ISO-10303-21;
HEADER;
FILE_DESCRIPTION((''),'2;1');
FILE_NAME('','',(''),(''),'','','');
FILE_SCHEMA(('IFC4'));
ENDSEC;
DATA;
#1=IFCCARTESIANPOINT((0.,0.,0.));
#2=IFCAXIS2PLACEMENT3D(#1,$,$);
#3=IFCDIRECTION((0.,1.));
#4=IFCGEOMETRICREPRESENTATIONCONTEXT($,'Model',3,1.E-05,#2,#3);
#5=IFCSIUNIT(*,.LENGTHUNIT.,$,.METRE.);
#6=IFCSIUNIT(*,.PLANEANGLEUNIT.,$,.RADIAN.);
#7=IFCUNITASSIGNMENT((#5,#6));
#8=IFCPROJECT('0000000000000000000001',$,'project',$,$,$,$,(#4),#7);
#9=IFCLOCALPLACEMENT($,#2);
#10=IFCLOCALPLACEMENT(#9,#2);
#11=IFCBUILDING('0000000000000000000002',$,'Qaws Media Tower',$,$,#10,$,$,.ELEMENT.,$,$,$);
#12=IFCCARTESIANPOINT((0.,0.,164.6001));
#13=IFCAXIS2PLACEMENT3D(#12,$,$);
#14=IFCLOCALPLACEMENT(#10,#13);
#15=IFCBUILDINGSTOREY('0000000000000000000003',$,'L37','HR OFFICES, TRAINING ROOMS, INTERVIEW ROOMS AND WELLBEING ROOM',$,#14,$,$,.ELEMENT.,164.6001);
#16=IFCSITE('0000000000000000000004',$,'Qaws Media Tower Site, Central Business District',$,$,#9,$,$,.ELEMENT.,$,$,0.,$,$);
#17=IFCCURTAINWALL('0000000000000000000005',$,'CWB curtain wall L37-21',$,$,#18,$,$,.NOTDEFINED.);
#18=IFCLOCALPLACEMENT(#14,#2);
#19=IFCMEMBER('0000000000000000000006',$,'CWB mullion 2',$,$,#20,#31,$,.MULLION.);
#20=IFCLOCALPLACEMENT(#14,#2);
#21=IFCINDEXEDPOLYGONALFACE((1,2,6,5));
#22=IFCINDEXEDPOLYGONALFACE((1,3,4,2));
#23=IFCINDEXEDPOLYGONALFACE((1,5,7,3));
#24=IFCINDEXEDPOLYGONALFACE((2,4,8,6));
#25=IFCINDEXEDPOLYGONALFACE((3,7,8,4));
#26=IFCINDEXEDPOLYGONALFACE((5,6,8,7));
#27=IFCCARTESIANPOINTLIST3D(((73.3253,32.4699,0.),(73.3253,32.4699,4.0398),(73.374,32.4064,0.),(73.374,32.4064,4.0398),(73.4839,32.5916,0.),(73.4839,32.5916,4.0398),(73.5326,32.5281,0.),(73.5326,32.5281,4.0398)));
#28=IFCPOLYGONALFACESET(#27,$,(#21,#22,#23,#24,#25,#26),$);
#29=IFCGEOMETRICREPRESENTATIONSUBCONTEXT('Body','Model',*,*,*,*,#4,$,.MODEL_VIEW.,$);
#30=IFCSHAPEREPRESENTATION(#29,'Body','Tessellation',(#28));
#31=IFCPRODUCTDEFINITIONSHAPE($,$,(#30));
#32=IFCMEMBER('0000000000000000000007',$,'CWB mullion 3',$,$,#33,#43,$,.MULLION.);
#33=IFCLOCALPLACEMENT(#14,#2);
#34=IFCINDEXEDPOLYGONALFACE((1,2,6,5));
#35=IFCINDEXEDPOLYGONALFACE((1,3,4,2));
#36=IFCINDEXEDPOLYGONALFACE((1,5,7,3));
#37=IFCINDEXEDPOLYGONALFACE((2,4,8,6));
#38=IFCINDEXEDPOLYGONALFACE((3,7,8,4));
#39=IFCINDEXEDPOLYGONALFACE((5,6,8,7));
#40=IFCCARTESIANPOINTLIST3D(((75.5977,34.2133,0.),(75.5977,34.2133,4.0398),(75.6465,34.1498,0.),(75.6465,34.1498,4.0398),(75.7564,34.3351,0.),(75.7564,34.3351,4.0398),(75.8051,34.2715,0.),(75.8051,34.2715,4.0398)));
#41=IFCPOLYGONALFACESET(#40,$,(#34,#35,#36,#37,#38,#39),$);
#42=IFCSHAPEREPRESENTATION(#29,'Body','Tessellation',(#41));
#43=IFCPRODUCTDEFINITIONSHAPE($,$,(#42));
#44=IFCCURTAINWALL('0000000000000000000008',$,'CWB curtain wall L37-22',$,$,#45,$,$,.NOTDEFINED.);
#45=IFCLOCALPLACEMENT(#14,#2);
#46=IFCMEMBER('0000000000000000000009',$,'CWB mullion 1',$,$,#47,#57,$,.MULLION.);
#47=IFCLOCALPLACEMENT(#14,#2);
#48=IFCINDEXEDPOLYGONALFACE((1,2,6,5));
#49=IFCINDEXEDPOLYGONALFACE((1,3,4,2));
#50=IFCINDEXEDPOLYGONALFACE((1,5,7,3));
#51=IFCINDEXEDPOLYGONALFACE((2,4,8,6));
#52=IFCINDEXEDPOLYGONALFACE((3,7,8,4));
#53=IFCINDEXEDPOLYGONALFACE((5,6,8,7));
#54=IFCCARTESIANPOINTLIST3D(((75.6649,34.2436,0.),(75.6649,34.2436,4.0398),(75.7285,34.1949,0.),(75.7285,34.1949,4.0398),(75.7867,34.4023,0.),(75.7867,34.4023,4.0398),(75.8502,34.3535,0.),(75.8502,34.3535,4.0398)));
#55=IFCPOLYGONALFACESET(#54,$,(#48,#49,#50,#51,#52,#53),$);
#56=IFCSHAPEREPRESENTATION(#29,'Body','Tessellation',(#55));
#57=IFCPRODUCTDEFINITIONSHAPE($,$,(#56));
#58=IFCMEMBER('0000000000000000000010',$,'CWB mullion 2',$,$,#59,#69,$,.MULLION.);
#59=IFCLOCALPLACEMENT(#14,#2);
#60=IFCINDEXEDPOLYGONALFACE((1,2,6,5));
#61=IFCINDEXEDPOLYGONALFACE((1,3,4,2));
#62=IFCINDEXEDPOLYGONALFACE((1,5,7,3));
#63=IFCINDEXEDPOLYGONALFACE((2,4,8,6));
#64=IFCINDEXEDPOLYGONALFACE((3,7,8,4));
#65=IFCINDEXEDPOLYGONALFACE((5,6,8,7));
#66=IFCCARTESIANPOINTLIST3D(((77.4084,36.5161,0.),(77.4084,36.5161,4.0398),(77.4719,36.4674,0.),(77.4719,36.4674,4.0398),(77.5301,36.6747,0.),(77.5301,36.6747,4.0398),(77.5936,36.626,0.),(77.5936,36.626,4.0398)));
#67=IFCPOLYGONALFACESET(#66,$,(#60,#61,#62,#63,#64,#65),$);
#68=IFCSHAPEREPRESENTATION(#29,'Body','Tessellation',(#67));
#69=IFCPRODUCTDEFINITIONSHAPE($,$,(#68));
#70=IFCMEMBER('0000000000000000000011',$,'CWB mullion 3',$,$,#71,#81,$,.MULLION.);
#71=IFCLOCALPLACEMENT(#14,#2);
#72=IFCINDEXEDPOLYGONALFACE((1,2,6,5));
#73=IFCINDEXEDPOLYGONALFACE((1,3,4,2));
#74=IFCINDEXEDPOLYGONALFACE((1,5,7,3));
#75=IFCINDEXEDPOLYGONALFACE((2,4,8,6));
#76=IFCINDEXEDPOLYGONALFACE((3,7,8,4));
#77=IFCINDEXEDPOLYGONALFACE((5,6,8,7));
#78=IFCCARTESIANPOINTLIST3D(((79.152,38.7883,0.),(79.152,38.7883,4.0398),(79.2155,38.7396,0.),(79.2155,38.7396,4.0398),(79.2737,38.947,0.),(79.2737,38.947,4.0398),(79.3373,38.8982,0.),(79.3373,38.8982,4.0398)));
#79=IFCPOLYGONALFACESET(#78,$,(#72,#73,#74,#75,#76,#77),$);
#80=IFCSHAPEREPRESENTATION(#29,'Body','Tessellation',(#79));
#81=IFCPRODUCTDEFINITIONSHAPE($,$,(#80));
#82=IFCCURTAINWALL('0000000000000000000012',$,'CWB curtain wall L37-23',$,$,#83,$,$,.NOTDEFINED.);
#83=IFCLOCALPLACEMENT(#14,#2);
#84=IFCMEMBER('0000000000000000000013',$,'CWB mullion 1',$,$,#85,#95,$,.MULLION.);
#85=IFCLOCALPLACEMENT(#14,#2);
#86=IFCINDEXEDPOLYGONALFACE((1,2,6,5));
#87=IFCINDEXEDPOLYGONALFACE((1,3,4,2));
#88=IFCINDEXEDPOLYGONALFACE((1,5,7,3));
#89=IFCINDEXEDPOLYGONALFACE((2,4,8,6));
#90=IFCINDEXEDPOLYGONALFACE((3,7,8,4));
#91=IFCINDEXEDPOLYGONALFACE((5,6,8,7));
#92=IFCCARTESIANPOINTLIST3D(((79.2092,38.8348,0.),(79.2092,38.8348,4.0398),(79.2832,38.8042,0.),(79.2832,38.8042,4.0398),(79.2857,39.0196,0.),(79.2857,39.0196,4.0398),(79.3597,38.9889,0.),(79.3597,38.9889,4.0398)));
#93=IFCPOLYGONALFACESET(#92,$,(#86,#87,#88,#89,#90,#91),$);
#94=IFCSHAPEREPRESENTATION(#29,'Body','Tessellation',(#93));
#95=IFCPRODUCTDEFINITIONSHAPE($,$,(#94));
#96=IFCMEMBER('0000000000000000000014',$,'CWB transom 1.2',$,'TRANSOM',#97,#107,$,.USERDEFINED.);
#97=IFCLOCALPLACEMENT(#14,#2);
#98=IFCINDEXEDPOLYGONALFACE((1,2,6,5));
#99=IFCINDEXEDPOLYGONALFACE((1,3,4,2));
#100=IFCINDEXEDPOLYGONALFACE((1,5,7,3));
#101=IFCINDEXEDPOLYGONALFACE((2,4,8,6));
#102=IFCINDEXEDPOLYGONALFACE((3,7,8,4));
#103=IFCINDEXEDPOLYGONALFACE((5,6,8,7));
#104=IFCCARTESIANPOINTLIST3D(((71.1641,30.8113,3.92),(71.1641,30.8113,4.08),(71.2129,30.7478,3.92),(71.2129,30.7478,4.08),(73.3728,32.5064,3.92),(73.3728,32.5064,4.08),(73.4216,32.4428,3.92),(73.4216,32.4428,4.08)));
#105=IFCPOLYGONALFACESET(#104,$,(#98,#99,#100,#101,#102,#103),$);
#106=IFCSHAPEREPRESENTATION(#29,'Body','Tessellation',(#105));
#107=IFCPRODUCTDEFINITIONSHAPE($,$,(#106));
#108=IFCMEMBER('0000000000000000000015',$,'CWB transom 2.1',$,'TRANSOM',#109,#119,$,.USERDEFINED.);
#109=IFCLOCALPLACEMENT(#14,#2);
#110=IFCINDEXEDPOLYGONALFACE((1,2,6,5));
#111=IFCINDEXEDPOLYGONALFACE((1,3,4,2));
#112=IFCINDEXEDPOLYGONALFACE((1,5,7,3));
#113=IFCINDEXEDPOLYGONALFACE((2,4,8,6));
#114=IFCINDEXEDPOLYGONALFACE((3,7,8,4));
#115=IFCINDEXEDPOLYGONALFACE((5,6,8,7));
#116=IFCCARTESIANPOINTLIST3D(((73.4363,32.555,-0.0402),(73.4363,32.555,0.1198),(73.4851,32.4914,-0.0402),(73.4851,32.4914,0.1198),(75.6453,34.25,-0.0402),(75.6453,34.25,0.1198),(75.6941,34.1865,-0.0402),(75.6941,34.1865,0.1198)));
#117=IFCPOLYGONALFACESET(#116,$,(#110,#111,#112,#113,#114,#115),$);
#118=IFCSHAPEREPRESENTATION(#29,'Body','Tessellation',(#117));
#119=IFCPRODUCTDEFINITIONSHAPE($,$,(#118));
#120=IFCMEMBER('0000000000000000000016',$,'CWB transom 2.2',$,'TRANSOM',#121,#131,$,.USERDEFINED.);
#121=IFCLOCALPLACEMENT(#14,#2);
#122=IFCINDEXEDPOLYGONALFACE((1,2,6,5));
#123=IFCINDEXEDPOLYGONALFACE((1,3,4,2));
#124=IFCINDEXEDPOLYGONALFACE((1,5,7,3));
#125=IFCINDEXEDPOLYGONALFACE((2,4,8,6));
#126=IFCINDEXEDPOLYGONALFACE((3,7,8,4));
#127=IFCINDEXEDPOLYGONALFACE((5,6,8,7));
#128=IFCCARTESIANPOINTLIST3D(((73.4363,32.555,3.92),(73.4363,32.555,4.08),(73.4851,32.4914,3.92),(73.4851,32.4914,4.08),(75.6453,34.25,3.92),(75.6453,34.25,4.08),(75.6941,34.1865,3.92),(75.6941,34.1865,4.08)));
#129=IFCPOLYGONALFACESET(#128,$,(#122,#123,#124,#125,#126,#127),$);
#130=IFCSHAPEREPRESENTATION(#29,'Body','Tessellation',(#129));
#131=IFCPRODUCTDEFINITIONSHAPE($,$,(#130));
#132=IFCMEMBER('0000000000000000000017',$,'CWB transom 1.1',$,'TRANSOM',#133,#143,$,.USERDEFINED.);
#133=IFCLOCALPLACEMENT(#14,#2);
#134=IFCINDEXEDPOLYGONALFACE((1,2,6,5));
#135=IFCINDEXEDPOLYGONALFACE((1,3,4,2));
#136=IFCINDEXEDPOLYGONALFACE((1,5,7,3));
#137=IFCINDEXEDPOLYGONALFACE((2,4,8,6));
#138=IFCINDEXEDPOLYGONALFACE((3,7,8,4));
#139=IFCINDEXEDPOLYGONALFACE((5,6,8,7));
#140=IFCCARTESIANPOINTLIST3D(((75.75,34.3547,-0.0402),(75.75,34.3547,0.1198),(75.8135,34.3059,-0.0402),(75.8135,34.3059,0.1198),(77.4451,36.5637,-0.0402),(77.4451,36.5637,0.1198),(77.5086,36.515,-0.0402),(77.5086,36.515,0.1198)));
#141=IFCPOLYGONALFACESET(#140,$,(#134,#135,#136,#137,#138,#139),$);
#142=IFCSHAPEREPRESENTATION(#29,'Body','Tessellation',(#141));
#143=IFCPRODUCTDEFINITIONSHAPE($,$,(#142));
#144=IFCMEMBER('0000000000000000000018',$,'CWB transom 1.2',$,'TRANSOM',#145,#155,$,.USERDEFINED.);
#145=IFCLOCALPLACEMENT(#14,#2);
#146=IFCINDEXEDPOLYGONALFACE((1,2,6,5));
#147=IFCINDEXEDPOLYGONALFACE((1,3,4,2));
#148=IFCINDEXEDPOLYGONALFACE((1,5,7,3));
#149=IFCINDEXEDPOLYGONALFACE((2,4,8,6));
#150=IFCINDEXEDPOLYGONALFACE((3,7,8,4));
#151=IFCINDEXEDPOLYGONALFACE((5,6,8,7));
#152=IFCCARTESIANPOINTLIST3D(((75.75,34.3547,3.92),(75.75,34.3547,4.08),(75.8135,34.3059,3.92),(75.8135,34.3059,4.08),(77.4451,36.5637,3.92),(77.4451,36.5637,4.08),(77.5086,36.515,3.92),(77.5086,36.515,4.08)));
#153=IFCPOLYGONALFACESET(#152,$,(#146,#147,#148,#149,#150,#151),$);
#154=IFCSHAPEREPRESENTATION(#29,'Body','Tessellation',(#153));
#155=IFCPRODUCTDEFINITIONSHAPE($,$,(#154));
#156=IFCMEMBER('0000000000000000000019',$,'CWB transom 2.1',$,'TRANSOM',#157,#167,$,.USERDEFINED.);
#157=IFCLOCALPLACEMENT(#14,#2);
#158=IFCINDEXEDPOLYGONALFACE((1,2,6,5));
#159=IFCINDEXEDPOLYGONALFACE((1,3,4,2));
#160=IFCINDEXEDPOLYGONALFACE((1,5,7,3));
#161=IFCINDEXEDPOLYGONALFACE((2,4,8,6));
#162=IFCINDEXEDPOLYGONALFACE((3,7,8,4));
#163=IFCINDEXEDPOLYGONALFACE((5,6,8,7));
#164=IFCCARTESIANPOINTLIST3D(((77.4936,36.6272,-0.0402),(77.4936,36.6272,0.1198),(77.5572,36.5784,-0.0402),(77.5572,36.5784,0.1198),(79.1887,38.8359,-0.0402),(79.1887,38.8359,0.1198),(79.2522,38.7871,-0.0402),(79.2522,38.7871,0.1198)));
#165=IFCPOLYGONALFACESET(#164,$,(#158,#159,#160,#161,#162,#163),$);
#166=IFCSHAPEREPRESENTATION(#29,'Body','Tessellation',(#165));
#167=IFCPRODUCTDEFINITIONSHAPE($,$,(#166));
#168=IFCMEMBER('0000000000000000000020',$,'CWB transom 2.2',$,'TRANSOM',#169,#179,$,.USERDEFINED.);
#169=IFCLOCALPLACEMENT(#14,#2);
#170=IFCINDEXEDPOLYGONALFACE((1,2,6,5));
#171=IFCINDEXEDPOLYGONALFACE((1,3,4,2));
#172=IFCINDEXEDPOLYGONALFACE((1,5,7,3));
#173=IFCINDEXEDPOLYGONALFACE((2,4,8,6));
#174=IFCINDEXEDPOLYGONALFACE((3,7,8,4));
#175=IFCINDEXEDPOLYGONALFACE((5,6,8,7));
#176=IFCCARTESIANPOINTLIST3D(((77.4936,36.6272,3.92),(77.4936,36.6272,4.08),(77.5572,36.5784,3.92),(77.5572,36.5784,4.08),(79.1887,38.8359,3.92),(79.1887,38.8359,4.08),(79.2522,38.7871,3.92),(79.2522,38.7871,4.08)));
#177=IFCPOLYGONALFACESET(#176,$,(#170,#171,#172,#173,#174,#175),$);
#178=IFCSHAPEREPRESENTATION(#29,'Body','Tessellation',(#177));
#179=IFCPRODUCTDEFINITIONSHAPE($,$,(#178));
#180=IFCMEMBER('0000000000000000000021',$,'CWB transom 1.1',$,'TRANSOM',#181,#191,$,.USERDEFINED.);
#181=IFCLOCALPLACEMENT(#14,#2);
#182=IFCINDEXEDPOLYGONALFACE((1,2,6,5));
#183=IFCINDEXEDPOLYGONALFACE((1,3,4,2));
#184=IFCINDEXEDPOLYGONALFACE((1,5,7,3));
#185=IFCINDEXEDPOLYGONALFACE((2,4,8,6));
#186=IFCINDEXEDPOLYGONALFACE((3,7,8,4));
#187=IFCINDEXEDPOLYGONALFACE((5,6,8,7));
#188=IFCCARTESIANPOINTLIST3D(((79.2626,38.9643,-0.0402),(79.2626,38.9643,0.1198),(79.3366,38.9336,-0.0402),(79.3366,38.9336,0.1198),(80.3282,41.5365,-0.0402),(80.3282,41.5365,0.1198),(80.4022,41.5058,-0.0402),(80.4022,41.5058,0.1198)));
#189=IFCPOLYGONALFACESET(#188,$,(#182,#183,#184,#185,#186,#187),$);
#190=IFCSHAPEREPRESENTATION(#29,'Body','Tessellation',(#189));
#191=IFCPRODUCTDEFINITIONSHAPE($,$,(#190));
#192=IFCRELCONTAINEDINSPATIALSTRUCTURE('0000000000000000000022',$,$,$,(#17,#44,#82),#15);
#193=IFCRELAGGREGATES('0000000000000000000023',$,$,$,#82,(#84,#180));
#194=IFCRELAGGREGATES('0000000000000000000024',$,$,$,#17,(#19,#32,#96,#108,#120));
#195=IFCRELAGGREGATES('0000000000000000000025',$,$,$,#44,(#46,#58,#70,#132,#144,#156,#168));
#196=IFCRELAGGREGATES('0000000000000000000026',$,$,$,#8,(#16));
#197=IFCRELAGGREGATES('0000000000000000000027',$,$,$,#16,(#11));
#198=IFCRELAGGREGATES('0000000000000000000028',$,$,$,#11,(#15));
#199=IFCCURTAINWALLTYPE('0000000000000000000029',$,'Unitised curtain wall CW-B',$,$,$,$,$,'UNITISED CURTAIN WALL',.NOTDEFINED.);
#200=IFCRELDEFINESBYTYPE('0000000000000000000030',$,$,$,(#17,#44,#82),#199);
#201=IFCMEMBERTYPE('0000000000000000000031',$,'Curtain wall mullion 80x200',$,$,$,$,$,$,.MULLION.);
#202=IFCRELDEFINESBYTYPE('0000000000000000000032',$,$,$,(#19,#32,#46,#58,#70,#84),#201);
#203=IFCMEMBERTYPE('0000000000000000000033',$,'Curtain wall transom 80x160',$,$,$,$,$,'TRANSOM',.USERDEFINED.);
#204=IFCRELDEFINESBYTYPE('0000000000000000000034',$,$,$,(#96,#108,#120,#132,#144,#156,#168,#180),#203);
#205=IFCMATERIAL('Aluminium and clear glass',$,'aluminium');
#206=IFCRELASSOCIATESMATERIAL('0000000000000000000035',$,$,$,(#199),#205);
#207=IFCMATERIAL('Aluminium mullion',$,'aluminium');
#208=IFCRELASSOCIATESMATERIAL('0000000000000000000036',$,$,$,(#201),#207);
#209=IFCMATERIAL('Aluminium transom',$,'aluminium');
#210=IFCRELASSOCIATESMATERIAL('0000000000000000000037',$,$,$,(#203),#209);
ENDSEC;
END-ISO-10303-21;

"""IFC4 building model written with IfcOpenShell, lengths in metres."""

from ifc_helpers import new_model, si_unit, direction, frame, origin, origin_2d, place, context, subcontext, project, spatial, rectangle, extrude, material, material_profile, profile_set, type_object, element, aggregate, save


model = new_model("IFC4")

# Units and contexts
model_context = context("Model", 3, precision=1e-05, world=origin(), true_north=direction((0.0, 1.0)))
body_context = subcontext(model_context, "Body", "Model", "MODEL_VIEW")
ifc_project = project(units=[si_unit("LENGTHUNIT", "METRE"), si_unit("PLANEANGLEUNIT", "RADIAN")], contexts=[model_context])

# Site, building, storey
site_placement = place(None, origin())
site = spatial("IfcSite", under=ifc_project, at=site_placement, Name="Qaws Media Tower Site, Central Business District", CompositionType="ELEMENT", RefElevation=0.0)
building_placement = place(site_placement, origin())
building = spatial("IfcBuilding", under=site, at=building_placement, Name="Qaws Media Tower", CompositionType="ELEMENT")
storey_placement = place(building_placement, frame((0.0, 0.0, 164.6001)))
storey = spatial("IfcBuildingStorey", under=building, at=storey_placement, Name="L37", Description="HR OFFICES, TRAINING ROOMS, INTERVIEW ROOMS AND WELLBEING ROOM", CompositionType="ELEMENT", Elevation=164.6001)

# Curtain walls, members
ifc_material_1 = material(Name="Aluminium and clear glass", Category="aluminium")
curtain_wall_type = type_object("IfcCurtainWallType", Name="Unitised curtain wall CW-B", ElementType="UNITISED CURTAIN WALL", PredefinedType="NOTDEFINED", material=ifc_material_1)
curtain_wall_1_placement = place(storey_placement, origin())
curtain_wall_1 = element("IfcCurtainWall", 1, at=curtain_wall_1_placement, inside=storey, type_object=curtain_wall_type, Name="CWB curtain wall L37-21", PredefinedType="NOTDEFINED")
ifc_material_2 = material(Name="Aluminium mullion", Category="aluminium")
ifc_material_profile_1 = material_profile(ifc_material_2, rectangle(XDim=0.0801, YDim=0.2, at=origin_2d()), Name="80x200")
ifc_profile_set_1 = profile_set([ifc_material_profile_1], Name="Aluminium mullion")
member_type_1 = type_object("IfcMemberType", Name="Curtain wall mullion 80x200", PredefinedType="MULLION", material=ifc_profile_set_1)
member_1_placement = place(storey_placement, frame((73.429, 32.499, 0.0), z_axis=(0.0, 0.0, 1.0), x_axis=(-0.608761, 0.793353, 0.0)))
member_1 = element("IfcMember", 2, at=member_1_placement, type_object=member_type_1, Name="CWB mullion 2", PredefinedType="MULLION", context=body_context, shape_type="SweptSolid", body=[
    extrude(rectangle(XDim=0.0801, YDim=0.2, at=origin_2d()), origin(), (0.0, 0.0, 1.0), 4.0398),
])
member_2_placement = place(storey_placement, frame((75.7014, 34.2424, 0.0), z_axis=(0.0, 0.0, 1.0), x_axis=(-0.608761, 0.793353, 0.0)))
member_2 = element("IfcMember", 3, at=member_2_placement, type_object=member_type_1, Name="CWB mullion 3", PredefinedType="MULLION", context=body_context, shape_type="SweptSolid", body=[
    extrude(rectangle(XDim=0.0801, YDim=0.2, at=origin_2d()), origin(), (0.0, 0.0, 1.0), 4.0398),
])
curtain_wall_2_placement = place(storey_placement, origin())
curtain_wall_2 = element("IfcCurtainWall", 4, at=curtain_wall_2_placement, inside=storey, type_object=curtain_wall_type, Name="CWB curtain wall L37-22", PredefinedType="NOTDEFINED")
member_3_placement = place(storey_placement, frame((75.7576, 34.2986, 0.0), z_axis=(0.0, 0.0, 1.0), x_axis=(-0.793353, 0.608761, 0.0)))
member_3 = element("IfcMember", 5, at=member_3_placement, type_object=member_type_1, Name="CWB mullion 1", PredefinedType="MULLION", context=body_context, shape_type="SweptSolid", body=[
    extrude(rectangle(XDim=0.0801, YDim=0.2, at=origin_2d()), origin(), (0.0, 0.0, 1.0), 4.0398),
])
member_4_placement = place(storey_placement, frame((77.501, 36.571, 0.0), z_axis=(0.0, 0.0, 1.0), x_axis=(-0.793353, 0.608761, 0.0)))
member_4 = element("IfcMember", 6, at=member_4_placement, type_object=member_type_1, Name="CWB mullion 2", PredefinedType="MULLION", context=body_context, shape_type="SweptSolid", body=[
    extrude(rectangle(XDim=0.0801, YDim=0.2, at=origin_2d()), origin(), (0.0, 0.0, 1.0), 4.0398),
])
member_5_placement = place(storey_placement, frame((79.2446, 38.8433, 0.0), z_axis=(0.0, 0.0, 1.0), x_axis=(-0.793353, 0.608761, 0.0)))
member_5 = element("IfcMember", 7, at=member_5_placement, type_object=member_type_1, Name="CWB mullion 3", PredefinedType="MULLION", context=body_context, shape_type="SweptSolid", body=[
    extrude(rectangle(XDim=0.0801, YDim=0.2, at=origin_2d()), origin(), (0.0, 0.0, 1.0), 4.0398),
])

# Curtain wall, member
curtain_wall_3_placement = place(storey_placement, origin())
curtain_wall_3 = element("IfcCurtainWall", 8, at=curtain_wall_3_placement, inside=storey, type_object=curtain_wall_type, Name="CWB curtain wall L37-23", PredefinedType="NOTDEFINED")
member_6_placement = place(storey_placement, frame((79.2844, 38.9119, 0.0), z_axis=(0.0, 0.0, 1.0), x_axis=(-0.923879, 0.382684, 0.0)))
member_6 = element("IfcMember", 9, at=member_6_placement, type_object=member_type_1, Name="CWB mullion 1", PredefinedType="MULLION", context=body_context, shape_type="SweptSolid", body=[
    extrude(rectangle(XDim=0.0801, YDim=0.2, at=origin_2d()), origin(), (0.0, 0.0, 1.0), 4.0398),
])

# Members
ifc_material_3 = material(Name="Aluminium transom", Category="aluminium")
ifc_material_profile_2 = material_profile(ifc_material_3, rectangle(XDim=0.0801, YDim=0.1599, at=origin_2d()), Name="80x160")
ifc_profile_set_2 = profile_set([ifc_material_profile_2], Name="Aluminium transom")
member_type_2 = type_object("IfcMemberType", Name="Curtain wall transom 80x160", ElementType="TRANSOM", PredefinedType="USERDEFINED", material=ifc_profile_set_2)
member_7_placement = place(storey_placement, frame((71.1885, 30.7795, 4.0), z_axis=(0.793311, 0.608816, 0.0), x_axis=(-0.608816, 0.793311, 0.0)))
member_7 = element("IfcMember", 10, at=member_7_placement, type_object=member_type_2, Name="CWB transom 1.2", ObjectType="TRANSOM", PredefinedType="USERDEFINED", context=body_context, shape_type="SweptSolid", body=[
    extrude(rectangle(XDim=0.0801, YDim=0.1599, at=origin_2d()), origin(), (0.0, 0.0, 1.0), 2.7842),
])
member_8_placement = place(storey_placement, frame((73.4607, 32.5232, 0.0398), z_axis=(0.793344, 0.608774, 0.0), x_axis=(-0.608774, 0.793344, 0.0)))
member_8 = element("IfcMember", 11, at=member_8_placement, type_object=member_type_2, Name="CWB transom 2.1", ObjectType="TRANSOM", PredefinedType="USERDEFINED", context=body_context, shape_type="SweptSolid", body=[
    extrude(rectangle(XDim=0.0801, YDim=0.1599, at=origin_2d()), origin(), (0.0, 0.0, 1.0), 2.7844),
])
member_9_placement = place(storey_placement, frame((73.4607, 32.5232, 4.0), z_axis=(0.793344, 0.608774, 0.0), x_axis=(-0.608774, 0.793344, 0.0)))
member_9 = element("IfcMember", 12, at=member_9_placement, type_object=member_type_2, Name="CWB transom 2.2", ObjectType="TRANSOM", PredefinedType="USERDEFINED", context=body_context, shape_type="SweptSolid", body=[
    extrude(rectangle(XDim=0.0801, YDim=0.1599, at=origin_2d()), origin(), (0.0, 0.0, 1.0), 2.7844),
])
member_10_placement = place(storey_placement, frame((75.7817, 34.3303, 0.0398), z_axis=(0.608774, 0.793344, 0.0), x_axis=(-0.793344, 0.608774, 0.0)))
member_10 = element("IfcMember", 13, at=member_10_placement, type_object=member_type_2, Name="CWB transom 1.1", ObjectType="TRANSOM", PredefinedType="USERDEFINED", context=body_context, shape_type="SweptSolid", body=[
    extrude(rectangle(XDim=0.0801, YDim=0.1599, at=origin_2d()), origin(), (0.0, 0.0, 1.0), 2.7844),
])
member_11_placement = place(storey_placement, frame((75.7817, 34.3303, 4.0), z_axis=(0.608774, 0.793344, 0.0), x_axis=(-0.793344, 0.608774, 0.0)))
member_11 = element("IfcMember", 14, at=member_11_placement, type_object=member_type_2, Name="CWB transom 1.2", ObjectType="TRANSOM", PredefinedType="USERDEFINED", context=body_context, shape_type="SweptSolid", body=[
    extrude(rectangle(XDim=0.0801, YDim=0.1599, at=origin_2d()), origin(), (0.0, 0.0, 1.0), 2.7844),
])
member_12_placement = place(storey_placement, frame((77.5254, 36.6028, 0.0398), z_axis=(0.608816, 0.793311, 0.0), x_axis=(-0.793311, 0.608816, 0.0)))
member_12 = element("IfcMember", 15, at=member_12_placement, type_object=member_type_2, Name="CWB transom 2.1", ObjectType="TRANSOM", PredefinedType="USERDEFINED", context=body_context, shape_type="SweptSolid", body=[
    extrude(rectangle(XDim=0.0801, YDim=0.1599, at=origin_2d()), origin(), (0.0, 0.0, 1.0), 2.7842),
])
member_13_placement = place(storey_placement, frame((77.5254, 36.6028, 4.0), z_axis=(0.608816, 0.793311, 0.0), x_axis=(-0.793311, 0.608816, 0.0)))
member_13 = element("IfcMember", 16, at=member_13_placement, type_object=member_type_2, Name="CWB transom 2.2", ObjectType="TRANSOM", PredefinedType="USERDEFINED", context=body_context, shape_type="SweptSolid", body=[
    extrude(rectangle(XDim=0.0801, YDim=0.1599, at=origin_2d()), origin(), (0.0, 0.0, 1.0), 2.7842),
])
member_14_placement = place(storey_placement, frame((79.2996, 38.949, 0.0398), z_axis=(0.382747, 0.923853, 0.0), x_axis=(-0.923853, 0.382747, 0.0)))
member_14 = element("IfcMember", 17, at=member_14_placement, type_object=member_type_2, Name="CWB transom 1.1", ObjectType="TRANSOM", PredefinedType="USERDEFINED", context=body_context, shape_type="SweptSolid", body=[
    extrude(rectangle(XDim=0.0801, YDim=0.1599, at=origin_2d()), origin(), (0.0, 0.0, 1.0), 2.7842),
])
aggregate(curtain_wall_3, [member_6, member_14])

aggregate(curtain_wall_1, [member_1, member_2, member_7, member_8, member_9])
aggregate(curtain_wall_2, [member_3, member_4, member_5, member_10, member_11, member_12, member_13])

save(model, "model.ifc")
